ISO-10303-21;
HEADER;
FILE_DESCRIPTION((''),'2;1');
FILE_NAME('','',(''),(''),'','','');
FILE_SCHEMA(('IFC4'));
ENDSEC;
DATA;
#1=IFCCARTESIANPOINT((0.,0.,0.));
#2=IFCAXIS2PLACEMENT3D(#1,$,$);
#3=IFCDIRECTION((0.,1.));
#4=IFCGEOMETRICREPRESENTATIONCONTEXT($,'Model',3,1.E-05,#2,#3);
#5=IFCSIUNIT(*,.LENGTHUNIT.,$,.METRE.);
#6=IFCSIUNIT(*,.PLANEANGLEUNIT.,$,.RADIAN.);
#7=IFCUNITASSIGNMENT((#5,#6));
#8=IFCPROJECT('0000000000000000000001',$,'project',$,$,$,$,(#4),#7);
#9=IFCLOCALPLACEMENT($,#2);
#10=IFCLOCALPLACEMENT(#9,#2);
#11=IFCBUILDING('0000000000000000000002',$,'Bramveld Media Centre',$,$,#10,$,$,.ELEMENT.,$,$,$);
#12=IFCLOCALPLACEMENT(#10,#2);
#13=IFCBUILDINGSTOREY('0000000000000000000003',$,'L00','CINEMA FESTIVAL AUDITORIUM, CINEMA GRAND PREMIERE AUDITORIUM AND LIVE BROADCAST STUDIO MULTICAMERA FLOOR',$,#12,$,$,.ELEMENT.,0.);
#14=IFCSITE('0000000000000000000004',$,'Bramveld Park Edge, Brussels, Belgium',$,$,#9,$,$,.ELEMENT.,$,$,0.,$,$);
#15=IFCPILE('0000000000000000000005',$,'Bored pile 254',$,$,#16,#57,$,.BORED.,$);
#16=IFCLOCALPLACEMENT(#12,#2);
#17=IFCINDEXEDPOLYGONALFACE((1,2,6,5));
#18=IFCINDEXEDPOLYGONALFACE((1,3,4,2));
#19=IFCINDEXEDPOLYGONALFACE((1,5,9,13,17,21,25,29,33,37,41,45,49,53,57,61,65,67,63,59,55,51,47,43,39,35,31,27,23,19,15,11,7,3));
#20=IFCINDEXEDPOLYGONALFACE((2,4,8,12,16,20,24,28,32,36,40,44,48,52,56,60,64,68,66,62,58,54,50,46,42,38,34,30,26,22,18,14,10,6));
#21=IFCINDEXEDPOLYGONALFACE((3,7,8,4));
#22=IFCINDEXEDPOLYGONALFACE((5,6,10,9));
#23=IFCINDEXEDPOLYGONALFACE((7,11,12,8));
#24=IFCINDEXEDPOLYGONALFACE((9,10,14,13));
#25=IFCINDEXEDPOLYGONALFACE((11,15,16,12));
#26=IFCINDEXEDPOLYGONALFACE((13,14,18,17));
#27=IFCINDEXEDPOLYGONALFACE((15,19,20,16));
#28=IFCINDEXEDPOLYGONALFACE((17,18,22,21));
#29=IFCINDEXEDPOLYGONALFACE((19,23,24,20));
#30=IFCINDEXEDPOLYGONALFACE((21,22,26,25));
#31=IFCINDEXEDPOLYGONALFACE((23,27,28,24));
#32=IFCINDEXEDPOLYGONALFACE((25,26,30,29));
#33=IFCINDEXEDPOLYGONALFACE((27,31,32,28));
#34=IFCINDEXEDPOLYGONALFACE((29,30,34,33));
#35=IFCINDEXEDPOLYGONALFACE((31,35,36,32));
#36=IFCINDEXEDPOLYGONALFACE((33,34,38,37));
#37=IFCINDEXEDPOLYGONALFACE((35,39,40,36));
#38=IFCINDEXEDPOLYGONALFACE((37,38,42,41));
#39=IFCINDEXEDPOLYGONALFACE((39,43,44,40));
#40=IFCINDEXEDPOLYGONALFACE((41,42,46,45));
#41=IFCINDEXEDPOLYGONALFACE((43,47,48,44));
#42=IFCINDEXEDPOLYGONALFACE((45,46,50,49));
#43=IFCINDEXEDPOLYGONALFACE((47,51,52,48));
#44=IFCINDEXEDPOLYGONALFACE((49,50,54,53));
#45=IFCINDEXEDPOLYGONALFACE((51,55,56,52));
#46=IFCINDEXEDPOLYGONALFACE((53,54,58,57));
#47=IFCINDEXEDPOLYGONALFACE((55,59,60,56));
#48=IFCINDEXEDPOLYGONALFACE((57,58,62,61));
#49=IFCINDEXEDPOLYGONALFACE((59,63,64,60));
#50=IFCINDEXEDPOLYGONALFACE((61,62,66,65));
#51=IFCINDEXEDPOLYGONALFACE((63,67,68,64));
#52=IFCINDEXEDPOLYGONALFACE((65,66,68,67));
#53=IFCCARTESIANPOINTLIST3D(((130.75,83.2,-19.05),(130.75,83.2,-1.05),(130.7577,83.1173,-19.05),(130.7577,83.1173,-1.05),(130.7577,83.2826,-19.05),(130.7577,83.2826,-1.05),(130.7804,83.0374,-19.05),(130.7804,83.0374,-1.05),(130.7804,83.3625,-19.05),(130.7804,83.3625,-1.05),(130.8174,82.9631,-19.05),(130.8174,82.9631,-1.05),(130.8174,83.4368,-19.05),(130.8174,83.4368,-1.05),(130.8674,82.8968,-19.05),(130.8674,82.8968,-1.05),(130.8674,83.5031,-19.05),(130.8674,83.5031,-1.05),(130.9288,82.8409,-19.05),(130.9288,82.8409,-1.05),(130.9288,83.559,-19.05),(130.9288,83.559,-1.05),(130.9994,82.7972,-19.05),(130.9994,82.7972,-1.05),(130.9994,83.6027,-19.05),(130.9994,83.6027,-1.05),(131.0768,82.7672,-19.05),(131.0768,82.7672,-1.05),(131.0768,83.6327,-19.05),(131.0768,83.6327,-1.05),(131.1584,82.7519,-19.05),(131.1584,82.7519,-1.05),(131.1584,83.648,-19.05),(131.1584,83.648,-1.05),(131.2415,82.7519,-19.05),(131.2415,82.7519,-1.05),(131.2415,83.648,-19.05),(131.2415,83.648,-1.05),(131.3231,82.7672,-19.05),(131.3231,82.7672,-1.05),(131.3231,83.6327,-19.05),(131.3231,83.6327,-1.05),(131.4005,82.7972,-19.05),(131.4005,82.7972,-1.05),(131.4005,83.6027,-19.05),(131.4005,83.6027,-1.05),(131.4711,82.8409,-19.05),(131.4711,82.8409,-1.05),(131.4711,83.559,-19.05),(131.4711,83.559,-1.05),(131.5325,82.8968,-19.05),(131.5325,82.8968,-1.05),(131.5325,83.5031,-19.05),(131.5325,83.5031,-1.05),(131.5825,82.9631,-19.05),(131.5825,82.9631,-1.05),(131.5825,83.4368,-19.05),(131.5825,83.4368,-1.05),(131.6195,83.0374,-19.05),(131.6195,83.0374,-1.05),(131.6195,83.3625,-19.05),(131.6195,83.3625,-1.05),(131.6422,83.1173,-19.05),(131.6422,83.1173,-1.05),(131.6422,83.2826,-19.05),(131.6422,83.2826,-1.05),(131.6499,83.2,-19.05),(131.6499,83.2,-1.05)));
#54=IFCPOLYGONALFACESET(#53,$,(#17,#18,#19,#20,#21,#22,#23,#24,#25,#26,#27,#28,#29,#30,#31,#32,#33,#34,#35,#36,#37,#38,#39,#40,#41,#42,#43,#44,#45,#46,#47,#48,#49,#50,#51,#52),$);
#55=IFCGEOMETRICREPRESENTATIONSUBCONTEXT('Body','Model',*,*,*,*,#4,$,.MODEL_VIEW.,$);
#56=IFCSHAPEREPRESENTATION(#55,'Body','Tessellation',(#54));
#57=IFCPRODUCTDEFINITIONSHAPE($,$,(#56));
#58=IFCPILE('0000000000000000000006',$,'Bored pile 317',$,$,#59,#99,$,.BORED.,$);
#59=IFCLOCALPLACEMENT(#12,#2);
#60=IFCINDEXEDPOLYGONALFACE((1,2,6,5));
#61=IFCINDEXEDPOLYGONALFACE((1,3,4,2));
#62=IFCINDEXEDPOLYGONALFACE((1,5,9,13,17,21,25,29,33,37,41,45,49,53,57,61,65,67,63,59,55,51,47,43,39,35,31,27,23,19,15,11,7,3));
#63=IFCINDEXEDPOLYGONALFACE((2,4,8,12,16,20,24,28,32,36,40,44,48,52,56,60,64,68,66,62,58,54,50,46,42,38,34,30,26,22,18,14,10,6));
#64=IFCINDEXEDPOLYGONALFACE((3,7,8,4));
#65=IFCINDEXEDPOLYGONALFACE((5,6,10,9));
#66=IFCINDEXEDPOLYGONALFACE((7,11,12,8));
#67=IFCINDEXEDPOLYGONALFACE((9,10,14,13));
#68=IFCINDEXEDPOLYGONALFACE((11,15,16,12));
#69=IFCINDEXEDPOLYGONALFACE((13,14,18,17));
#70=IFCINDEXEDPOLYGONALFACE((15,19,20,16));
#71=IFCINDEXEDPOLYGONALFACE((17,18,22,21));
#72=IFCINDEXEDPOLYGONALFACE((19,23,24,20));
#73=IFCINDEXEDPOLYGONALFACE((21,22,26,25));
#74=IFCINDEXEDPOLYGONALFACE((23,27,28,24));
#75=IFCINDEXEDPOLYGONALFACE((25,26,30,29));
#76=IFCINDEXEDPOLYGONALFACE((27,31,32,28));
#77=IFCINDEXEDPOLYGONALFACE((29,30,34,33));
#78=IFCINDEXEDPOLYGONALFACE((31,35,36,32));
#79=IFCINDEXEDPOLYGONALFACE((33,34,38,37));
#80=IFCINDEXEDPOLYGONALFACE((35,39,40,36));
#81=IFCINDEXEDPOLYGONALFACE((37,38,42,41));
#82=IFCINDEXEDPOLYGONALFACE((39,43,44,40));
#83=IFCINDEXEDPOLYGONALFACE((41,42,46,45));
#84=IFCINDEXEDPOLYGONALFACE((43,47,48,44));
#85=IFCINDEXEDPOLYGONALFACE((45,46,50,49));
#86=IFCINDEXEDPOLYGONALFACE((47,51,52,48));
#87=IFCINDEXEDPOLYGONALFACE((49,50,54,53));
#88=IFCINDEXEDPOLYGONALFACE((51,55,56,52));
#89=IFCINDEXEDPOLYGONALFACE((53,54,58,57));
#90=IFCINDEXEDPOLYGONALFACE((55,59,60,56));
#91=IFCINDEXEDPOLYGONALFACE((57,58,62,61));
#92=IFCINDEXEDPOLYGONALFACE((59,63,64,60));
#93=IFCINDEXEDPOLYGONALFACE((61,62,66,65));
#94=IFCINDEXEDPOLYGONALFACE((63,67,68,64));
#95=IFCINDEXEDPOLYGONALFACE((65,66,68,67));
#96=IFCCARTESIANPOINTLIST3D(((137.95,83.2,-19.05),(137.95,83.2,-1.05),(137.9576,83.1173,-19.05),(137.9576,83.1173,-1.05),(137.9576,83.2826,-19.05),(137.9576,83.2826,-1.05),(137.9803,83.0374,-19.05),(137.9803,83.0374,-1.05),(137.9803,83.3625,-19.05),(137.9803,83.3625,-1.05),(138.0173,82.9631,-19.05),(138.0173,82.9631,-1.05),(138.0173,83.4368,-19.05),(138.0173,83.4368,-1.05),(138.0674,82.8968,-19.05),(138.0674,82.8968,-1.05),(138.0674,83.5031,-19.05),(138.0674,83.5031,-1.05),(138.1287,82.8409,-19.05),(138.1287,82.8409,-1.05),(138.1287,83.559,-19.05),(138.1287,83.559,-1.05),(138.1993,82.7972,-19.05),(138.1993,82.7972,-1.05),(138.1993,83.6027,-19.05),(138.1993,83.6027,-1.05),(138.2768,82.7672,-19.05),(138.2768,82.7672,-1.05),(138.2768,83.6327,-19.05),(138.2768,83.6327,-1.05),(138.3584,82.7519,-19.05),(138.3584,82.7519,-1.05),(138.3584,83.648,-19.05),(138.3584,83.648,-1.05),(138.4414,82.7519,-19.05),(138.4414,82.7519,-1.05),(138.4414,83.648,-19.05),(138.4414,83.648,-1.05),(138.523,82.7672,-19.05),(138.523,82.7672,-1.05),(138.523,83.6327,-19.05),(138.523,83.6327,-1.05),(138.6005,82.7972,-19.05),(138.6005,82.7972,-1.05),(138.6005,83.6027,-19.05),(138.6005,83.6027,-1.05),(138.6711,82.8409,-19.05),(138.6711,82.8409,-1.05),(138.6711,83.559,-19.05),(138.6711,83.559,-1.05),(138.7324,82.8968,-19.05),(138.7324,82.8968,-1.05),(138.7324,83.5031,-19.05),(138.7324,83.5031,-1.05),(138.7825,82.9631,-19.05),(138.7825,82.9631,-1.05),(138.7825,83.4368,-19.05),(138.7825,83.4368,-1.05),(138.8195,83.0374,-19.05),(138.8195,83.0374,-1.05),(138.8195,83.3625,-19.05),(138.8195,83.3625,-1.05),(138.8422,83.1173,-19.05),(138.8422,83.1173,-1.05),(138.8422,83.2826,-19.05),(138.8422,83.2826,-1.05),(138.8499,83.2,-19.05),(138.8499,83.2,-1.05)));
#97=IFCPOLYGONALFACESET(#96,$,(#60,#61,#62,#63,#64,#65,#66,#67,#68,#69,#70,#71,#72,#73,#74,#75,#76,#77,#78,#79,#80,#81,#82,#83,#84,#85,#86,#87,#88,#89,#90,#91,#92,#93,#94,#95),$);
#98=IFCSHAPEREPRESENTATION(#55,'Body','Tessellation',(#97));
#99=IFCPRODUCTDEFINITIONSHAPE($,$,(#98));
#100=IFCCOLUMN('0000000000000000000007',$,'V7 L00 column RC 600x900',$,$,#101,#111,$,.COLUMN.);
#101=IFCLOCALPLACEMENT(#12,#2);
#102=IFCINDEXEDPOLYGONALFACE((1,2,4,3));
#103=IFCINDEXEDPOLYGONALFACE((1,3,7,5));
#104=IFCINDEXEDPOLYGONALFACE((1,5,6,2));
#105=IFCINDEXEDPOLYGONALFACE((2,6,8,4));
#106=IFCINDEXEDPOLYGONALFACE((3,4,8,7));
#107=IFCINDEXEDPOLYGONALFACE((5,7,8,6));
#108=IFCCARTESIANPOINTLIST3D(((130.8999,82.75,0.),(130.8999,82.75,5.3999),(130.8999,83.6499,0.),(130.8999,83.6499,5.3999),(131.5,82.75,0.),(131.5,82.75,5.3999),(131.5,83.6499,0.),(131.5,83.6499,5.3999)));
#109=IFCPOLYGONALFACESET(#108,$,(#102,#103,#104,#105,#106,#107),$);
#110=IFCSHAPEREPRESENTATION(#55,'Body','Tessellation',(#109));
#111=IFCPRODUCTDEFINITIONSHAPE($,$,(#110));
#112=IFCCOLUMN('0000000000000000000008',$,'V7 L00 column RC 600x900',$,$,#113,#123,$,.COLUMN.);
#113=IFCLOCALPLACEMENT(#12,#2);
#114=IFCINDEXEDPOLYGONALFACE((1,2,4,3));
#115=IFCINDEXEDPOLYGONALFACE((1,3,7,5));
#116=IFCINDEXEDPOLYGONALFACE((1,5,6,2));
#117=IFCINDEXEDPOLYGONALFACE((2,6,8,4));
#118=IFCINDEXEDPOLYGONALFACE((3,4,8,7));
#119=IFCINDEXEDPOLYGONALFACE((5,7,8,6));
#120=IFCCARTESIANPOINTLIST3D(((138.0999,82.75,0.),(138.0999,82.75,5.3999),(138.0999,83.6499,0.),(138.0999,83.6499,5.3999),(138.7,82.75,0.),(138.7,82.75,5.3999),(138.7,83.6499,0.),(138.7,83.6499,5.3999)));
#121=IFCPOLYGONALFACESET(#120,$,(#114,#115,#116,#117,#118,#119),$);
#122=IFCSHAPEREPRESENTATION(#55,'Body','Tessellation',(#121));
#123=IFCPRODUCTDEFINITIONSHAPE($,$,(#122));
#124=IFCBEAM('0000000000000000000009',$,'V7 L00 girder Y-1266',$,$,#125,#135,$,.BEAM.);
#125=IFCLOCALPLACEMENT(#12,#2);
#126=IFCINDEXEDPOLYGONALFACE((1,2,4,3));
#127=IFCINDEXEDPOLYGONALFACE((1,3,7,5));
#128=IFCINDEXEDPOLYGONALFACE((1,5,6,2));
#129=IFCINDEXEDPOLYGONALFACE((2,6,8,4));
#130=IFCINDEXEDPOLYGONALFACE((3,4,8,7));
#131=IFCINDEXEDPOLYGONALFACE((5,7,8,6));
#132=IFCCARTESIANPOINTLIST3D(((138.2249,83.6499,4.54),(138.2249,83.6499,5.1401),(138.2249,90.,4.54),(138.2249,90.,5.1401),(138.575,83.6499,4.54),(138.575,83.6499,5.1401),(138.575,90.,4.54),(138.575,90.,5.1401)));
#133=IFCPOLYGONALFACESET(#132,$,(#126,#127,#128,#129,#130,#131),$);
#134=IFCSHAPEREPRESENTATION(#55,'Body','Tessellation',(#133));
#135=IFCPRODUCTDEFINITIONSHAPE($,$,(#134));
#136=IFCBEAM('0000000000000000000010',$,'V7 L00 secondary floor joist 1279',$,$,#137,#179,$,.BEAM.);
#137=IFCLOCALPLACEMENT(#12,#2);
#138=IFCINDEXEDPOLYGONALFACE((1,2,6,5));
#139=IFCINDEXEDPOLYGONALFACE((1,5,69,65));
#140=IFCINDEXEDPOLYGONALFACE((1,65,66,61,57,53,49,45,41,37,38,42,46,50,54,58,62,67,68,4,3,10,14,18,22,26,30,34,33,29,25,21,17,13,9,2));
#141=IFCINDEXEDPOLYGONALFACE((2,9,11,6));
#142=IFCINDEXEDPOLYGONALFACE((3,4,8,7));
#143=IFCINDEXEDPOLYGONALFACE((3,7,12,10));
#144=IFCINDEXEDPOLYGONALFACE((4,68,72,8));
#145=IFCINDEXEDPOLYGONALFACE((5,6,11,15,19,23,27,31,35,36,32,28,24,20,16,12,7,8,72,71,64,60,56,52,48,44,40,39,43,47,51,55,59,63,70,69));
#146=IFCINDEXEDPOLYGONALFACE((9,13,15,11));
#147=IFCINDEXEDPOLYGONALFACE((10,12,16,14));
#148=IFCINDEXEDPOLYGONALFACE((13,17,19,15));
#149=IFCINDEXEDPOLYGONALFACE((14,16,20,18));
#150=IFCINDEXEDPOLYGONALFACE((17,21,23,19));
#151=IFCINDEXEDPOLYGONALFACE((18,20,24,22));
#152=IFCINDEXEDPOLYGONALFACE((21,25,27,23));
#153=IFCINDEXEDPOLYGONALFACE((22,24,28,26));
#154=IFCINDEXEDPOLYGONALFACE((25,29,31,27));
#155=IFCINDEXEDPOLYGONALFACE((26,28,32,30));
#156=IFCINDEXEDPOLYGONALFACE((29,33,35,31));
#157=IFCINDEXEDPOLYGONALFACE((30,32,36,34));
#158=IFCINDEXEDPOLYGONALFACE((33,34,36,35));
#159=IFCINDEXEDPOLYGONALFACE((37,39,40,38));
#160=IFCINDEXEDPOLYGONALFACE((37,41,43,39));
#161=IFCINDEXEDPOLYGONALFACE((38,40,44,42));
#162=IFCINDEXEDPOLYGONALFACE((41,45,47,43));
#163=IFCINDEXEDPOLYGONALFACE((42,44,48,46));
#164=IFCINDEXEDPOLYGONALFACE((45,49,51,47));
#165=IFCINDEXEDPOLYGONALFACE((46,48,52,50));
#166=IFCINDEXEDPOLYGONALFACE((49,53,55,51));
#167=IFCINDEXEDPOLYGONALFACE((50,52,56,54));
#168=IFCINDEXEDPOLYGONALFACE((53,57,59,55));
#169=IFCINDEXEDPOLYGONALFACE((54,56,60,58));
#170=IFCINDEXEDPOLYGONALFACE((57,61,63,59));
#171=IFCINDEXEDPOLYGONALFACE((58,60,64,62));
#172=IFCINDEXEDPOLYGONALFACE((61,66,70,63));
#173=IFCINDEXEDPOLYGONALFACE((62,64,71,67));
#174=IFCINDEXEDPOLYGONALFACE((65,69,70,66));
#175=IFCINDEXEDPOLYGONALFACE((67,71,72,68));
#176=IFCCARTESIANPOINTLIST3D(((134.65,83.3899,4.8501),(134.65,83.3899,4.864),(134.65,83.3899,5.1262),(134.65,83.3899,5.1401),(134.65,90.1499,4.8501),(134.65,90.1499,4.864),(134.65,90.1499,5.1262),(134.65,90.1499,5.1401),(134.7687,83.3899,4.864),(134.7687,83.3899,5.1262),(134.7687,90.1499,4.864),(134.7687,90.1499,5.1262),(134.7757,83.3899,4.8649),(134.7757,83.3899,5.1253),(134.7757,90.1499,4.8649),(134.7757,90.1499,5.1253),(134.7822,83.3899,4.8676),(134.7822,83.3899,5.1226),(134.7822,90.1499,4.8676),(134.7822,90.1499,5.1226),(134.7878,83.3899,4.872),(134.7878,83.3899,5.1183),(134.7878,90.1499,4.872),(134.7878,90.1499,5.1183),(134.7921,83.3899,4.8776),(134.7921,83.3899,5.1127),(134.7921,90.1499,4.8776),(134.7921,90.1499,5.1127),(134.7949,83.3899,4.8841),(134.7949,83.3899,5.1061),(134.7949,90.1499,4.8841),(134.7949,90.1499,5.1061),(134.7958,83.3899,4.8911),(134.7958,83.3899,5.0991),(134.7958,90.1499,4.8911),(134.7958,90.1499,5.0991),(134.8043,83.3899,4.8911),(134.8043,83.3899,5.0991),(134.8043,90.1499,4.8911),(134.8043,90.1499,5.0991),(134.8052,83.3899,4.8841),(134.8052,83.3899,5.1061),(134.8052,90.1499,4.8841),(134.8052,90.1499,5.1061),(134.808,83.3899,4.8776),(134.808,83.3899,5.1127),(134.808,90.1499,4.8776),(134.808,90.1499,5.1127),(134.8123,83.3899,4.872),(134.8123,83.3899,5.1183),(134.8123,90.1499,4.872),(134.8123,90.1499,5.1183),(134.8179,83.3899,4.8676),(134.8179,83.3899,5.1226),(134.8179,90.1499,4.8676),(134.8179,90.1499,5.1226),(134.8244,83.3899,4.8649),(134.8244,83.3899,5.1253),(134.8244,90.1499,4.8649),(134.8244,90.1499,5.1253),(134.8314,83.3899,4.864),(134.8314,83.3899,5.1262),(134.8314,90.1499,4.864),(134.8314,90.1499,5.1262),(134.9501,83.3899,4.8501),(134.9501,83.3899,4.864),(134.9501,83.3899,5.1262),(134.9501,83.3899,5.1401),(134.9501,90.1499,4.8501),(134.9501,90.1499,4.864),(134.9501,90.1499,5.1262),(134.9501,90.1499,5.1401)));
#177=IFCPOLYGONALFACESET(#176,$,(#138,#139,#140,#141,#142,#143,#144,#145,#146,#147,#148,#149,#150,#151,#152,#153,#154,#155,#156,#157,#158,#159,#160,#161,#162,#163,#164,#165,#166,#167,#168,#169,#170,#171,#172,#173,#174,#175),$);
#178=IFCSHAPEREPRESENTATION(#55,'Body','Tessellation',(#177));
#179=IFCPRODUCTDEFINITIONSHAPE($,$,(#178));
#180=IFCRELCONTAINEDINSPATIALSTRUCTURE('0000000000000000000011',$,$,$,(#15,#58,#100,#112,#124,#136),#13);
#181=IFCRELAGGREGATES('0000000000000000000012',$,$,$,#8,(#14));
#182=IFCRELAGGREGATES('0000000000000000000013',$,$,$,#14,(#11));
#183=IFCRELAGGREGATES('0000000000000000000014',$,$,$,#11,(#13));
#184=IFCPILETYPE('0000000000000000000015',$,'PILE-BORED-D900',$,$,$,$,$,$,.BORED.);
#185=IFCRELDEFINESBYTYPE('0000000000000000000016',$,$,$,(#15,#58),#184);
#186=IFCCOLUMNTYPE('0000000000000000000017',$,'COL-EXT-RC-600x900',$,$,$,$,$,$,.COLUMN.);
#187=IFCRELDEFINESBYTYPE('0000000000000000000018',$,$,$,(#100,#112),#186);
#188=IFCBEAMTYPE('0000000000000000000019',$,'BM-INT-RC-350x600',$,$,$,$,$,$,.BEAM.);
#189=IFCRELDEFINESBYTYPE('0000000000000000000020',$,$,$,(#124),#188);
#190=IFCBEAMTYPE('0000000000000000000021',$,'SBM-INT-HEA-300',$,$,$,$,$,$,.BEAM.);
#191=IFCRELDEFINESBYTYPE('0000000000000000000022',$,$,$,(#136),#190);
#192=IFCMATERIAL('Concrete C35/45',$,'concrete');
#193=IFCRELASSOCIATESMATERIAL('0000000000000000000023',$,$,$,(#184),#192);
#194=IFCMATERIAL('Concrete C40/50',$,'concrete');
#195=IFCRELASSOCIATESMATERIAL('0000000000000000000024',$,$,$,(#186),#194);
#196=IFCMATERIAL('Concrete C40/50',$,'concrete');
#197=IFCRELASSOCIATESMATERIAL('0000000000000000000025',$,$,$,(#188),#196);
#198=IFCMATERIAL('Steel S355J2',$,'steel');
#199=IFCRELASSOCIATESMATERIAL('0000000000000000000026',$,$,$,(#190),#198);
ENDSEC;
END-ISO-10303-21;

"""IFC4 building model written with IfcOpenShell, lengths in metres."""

from ifc_helpers import new_model, si_unit, direction, frame, origin, origin_2d, place, context, subcontext, project, spatial, rectangle, circle, i_section, extrude, material, material_profile, profile_set, type_object, element, save


model = new_model("IFC4")

# Units and contexts
model_context = context("Model", 3, precision=1e-05, world=origin(), true_north=direction((0.0, 1.0)))
body_context = subcontext(model_context, "Body", "Model", "MODEL_VIEW")
ifc_project = project(units=[si_unit("LENGTHUNIT", "METRE"), si_unit("PLANEANGLEUNIT", "RADIAN")], contexts=[model_context])

# Site, building, storey
site_placement = place(None, origin())
site = spatial("IfcSite", under=ifc_project, at=site_placement, Name="Bramveld Park Edge, Brussels, Belgium", CompositionType="ELEMENT", RefElevation=0.0)
building_placement = place(site_placement, origin())
building = spatial("IfcBuilding", under=site, at=building_placement, Name="Bramveld Media Centre", CompositionType="ELEMENT")
storey_placement = place(building_placement, origin())
storey = spatial("IfcBuildingStorey", under=building, at=storey_placement, Name="L00", Description="CINEMA FESTIVAL AUDITORIUM, CINEMA GRAND PREMIERE AUDITORIUM AND LIVE BROADCAST STUDIO MULTICAMERA FLOOR", CompositionType="ELEMENT", Elevation=0.0)

# Piles
ifc_material_1 = material(Name="Concrete C35/45", Category="concrete")
ifc_material_profile_1 = material_profile(ifc_material_1, circle(Radius=0.45, at=origin_2d()), Name="BORED D900")
ifc_profile_set_1 = profile_set([ifc_material_profile_1], Name="Concrete C35/45")
pile_type_1 = type_object("IfcPileType", Name="PILE-BORED-D900", PredefinedType="BORED", material=ifc_profile_set_1)
for number, where, z_axis, x_axis, name in (
    (1, (131.2, 83.2, -1.05), (0.0, 0.0, -1.0), (1.0, 0.0, 0.0), "Bored pile 254"),
    (2, (138.3999, 83.2, -1.05), (0.0, 0.0, -1.0), (1.0, 0.0, 0.0), "Bored pile 317"),
):
    element("IfcPile", number, at=place(storey_placement, frame(where, z_axis=z_axis, x_axis=x_axis)), inside=storey, type_object=pile_type_1, Name=name, PredefinedType="BORED", context=body_context, shape_type="SweptSolid", body=[
        extrude(circle(Radius=0.45, at=origin_2d()), origin(), (0.0, 0.0, 1.0), 18.0),
    ])

# Columns
ifc_material_2 = material(Name="Concrete C40/50", Category="concrete")
ifc_material_profile_2 = material_profile(ifc_material_2, rectangle(XDim=0.6001, YDim=0.8999, at=origin_2d()), Name="RC 600x900")
ifc_profile_set_2 = profile_set([ifc_material_profile_2], Name="Concrete C40/50")
column_type = type_object("IfcColumnType", Name="COL-EXT-RC-600x900", PredefinedType="COLUMN", material=ifc_profile_set_2)
for number, where, z_axis, x_axis, name in (
    (3, (131.2, 83.2, 0.0), (0.0, 0.0, 1.0), (1.0, 0.0, 0.0), "V7 L00 column RC 600x900"),
    (4, (138.3999, 83.2, 0.0), (0.0, 0.0, 1.0), (1.0, 0.0, 0.0), "V7 L00 column RC 600x900"),
):
    element("IfcColumn", number, at=place(storey_placement, frame(where, z_axis=z_axis, x_axis=x_axis)), inside=storey, type_object=column_type, Name=name, PredefinedType="COLUMN", context=body_context, shape_type="SweptSolid", body=[
        extrude(rectangle(XDim=0.6001, YDim=0.8999, at=origin_2d()), origin(), (0.0, 0.0, 1.0), 5.3999),
    ])

# Beams
ifc_material_3 = material(Name="Concrete C40/50", Category="concrete")
ifc_material_profile_3 = material_profile(ifc_material_3, rectangle(XDim=0.3501, YDim=0.6001, at=origin_2d()), Name="RC 350x600")
ifc_profile_set_3 = profile_set([ifc_material_profile_3], Name="Concrete C40/50")
beam_type_1 = type_object("IfcBeamType", Name="BM-INT-RC-350x600", PredefinedType="BEAM", material=ifc_profile_set_3)
beam_1_placement = place(storey_placement, frame((138.3999, 83.6499, 4.8401), z_axis=(0.0, 1.0, 0.0), x_axis=(-1.0, 0.0, 0.0)))
element("IfcBeam", 5, at=beam_1_placement, inside=storey, type_object=beam_type_1, Name="V7 L00 girder Y-1266", PredefinedType="BEAM", context=body_context, shape_type="SweptSolid", body=[
    extrude(rectangle(XDim=0.3501, YDim=0.6001, at=origin_2d()), origin(), (0.0, 0.0, 1.0), 6.3501),
])
ifc_material_4 = material(Name="Steel S355J2", Category="steel")
ifc_material_profile_4 = material_profile(ifc_material_4, i_section(OverallWidth=0.3, OverallDepth=0.29, WebThickness=0.0085, FlangeThickness=0.0139, FilletRadius=0.0271, at=origin_2d()), Name="HEA 300")
ifc_profile_set_4 = profile_set([ifc_material_profile_4], Name="Steel S355J2")
beam_type_2 = type_object("IfcBeamType", Name="SBM-INT-HEA-300", PredefinedType="BEAM", material=ifc_profile_set_4)
beam_2_placement = place(storey_placement, frame((134.8, 83.3899, 4.9951), z_axis=(0.0, 1.0, 0.0), x_axis=(-1.0, 0.0, 0.0)))
element("IfcBeam", 6, at=beam_2_placement, inside=storey, type_object=beam_type_2, Name="V7 L00 secondary floor joist 1279", PredefinedType="BEAM", context=body_context, shape_type="SweptSolid", body=[
    extrude(i_section(OverallWidth=0.3, OverallDepth=0.29, WebThickness=0.0085, FlangeThickness=0.0139, FilletRadius=0.0271, at=origin_2d()), origin(), (0.0, 0.0, 1.0), 6.76),
])

save(model, "model.ifc")
